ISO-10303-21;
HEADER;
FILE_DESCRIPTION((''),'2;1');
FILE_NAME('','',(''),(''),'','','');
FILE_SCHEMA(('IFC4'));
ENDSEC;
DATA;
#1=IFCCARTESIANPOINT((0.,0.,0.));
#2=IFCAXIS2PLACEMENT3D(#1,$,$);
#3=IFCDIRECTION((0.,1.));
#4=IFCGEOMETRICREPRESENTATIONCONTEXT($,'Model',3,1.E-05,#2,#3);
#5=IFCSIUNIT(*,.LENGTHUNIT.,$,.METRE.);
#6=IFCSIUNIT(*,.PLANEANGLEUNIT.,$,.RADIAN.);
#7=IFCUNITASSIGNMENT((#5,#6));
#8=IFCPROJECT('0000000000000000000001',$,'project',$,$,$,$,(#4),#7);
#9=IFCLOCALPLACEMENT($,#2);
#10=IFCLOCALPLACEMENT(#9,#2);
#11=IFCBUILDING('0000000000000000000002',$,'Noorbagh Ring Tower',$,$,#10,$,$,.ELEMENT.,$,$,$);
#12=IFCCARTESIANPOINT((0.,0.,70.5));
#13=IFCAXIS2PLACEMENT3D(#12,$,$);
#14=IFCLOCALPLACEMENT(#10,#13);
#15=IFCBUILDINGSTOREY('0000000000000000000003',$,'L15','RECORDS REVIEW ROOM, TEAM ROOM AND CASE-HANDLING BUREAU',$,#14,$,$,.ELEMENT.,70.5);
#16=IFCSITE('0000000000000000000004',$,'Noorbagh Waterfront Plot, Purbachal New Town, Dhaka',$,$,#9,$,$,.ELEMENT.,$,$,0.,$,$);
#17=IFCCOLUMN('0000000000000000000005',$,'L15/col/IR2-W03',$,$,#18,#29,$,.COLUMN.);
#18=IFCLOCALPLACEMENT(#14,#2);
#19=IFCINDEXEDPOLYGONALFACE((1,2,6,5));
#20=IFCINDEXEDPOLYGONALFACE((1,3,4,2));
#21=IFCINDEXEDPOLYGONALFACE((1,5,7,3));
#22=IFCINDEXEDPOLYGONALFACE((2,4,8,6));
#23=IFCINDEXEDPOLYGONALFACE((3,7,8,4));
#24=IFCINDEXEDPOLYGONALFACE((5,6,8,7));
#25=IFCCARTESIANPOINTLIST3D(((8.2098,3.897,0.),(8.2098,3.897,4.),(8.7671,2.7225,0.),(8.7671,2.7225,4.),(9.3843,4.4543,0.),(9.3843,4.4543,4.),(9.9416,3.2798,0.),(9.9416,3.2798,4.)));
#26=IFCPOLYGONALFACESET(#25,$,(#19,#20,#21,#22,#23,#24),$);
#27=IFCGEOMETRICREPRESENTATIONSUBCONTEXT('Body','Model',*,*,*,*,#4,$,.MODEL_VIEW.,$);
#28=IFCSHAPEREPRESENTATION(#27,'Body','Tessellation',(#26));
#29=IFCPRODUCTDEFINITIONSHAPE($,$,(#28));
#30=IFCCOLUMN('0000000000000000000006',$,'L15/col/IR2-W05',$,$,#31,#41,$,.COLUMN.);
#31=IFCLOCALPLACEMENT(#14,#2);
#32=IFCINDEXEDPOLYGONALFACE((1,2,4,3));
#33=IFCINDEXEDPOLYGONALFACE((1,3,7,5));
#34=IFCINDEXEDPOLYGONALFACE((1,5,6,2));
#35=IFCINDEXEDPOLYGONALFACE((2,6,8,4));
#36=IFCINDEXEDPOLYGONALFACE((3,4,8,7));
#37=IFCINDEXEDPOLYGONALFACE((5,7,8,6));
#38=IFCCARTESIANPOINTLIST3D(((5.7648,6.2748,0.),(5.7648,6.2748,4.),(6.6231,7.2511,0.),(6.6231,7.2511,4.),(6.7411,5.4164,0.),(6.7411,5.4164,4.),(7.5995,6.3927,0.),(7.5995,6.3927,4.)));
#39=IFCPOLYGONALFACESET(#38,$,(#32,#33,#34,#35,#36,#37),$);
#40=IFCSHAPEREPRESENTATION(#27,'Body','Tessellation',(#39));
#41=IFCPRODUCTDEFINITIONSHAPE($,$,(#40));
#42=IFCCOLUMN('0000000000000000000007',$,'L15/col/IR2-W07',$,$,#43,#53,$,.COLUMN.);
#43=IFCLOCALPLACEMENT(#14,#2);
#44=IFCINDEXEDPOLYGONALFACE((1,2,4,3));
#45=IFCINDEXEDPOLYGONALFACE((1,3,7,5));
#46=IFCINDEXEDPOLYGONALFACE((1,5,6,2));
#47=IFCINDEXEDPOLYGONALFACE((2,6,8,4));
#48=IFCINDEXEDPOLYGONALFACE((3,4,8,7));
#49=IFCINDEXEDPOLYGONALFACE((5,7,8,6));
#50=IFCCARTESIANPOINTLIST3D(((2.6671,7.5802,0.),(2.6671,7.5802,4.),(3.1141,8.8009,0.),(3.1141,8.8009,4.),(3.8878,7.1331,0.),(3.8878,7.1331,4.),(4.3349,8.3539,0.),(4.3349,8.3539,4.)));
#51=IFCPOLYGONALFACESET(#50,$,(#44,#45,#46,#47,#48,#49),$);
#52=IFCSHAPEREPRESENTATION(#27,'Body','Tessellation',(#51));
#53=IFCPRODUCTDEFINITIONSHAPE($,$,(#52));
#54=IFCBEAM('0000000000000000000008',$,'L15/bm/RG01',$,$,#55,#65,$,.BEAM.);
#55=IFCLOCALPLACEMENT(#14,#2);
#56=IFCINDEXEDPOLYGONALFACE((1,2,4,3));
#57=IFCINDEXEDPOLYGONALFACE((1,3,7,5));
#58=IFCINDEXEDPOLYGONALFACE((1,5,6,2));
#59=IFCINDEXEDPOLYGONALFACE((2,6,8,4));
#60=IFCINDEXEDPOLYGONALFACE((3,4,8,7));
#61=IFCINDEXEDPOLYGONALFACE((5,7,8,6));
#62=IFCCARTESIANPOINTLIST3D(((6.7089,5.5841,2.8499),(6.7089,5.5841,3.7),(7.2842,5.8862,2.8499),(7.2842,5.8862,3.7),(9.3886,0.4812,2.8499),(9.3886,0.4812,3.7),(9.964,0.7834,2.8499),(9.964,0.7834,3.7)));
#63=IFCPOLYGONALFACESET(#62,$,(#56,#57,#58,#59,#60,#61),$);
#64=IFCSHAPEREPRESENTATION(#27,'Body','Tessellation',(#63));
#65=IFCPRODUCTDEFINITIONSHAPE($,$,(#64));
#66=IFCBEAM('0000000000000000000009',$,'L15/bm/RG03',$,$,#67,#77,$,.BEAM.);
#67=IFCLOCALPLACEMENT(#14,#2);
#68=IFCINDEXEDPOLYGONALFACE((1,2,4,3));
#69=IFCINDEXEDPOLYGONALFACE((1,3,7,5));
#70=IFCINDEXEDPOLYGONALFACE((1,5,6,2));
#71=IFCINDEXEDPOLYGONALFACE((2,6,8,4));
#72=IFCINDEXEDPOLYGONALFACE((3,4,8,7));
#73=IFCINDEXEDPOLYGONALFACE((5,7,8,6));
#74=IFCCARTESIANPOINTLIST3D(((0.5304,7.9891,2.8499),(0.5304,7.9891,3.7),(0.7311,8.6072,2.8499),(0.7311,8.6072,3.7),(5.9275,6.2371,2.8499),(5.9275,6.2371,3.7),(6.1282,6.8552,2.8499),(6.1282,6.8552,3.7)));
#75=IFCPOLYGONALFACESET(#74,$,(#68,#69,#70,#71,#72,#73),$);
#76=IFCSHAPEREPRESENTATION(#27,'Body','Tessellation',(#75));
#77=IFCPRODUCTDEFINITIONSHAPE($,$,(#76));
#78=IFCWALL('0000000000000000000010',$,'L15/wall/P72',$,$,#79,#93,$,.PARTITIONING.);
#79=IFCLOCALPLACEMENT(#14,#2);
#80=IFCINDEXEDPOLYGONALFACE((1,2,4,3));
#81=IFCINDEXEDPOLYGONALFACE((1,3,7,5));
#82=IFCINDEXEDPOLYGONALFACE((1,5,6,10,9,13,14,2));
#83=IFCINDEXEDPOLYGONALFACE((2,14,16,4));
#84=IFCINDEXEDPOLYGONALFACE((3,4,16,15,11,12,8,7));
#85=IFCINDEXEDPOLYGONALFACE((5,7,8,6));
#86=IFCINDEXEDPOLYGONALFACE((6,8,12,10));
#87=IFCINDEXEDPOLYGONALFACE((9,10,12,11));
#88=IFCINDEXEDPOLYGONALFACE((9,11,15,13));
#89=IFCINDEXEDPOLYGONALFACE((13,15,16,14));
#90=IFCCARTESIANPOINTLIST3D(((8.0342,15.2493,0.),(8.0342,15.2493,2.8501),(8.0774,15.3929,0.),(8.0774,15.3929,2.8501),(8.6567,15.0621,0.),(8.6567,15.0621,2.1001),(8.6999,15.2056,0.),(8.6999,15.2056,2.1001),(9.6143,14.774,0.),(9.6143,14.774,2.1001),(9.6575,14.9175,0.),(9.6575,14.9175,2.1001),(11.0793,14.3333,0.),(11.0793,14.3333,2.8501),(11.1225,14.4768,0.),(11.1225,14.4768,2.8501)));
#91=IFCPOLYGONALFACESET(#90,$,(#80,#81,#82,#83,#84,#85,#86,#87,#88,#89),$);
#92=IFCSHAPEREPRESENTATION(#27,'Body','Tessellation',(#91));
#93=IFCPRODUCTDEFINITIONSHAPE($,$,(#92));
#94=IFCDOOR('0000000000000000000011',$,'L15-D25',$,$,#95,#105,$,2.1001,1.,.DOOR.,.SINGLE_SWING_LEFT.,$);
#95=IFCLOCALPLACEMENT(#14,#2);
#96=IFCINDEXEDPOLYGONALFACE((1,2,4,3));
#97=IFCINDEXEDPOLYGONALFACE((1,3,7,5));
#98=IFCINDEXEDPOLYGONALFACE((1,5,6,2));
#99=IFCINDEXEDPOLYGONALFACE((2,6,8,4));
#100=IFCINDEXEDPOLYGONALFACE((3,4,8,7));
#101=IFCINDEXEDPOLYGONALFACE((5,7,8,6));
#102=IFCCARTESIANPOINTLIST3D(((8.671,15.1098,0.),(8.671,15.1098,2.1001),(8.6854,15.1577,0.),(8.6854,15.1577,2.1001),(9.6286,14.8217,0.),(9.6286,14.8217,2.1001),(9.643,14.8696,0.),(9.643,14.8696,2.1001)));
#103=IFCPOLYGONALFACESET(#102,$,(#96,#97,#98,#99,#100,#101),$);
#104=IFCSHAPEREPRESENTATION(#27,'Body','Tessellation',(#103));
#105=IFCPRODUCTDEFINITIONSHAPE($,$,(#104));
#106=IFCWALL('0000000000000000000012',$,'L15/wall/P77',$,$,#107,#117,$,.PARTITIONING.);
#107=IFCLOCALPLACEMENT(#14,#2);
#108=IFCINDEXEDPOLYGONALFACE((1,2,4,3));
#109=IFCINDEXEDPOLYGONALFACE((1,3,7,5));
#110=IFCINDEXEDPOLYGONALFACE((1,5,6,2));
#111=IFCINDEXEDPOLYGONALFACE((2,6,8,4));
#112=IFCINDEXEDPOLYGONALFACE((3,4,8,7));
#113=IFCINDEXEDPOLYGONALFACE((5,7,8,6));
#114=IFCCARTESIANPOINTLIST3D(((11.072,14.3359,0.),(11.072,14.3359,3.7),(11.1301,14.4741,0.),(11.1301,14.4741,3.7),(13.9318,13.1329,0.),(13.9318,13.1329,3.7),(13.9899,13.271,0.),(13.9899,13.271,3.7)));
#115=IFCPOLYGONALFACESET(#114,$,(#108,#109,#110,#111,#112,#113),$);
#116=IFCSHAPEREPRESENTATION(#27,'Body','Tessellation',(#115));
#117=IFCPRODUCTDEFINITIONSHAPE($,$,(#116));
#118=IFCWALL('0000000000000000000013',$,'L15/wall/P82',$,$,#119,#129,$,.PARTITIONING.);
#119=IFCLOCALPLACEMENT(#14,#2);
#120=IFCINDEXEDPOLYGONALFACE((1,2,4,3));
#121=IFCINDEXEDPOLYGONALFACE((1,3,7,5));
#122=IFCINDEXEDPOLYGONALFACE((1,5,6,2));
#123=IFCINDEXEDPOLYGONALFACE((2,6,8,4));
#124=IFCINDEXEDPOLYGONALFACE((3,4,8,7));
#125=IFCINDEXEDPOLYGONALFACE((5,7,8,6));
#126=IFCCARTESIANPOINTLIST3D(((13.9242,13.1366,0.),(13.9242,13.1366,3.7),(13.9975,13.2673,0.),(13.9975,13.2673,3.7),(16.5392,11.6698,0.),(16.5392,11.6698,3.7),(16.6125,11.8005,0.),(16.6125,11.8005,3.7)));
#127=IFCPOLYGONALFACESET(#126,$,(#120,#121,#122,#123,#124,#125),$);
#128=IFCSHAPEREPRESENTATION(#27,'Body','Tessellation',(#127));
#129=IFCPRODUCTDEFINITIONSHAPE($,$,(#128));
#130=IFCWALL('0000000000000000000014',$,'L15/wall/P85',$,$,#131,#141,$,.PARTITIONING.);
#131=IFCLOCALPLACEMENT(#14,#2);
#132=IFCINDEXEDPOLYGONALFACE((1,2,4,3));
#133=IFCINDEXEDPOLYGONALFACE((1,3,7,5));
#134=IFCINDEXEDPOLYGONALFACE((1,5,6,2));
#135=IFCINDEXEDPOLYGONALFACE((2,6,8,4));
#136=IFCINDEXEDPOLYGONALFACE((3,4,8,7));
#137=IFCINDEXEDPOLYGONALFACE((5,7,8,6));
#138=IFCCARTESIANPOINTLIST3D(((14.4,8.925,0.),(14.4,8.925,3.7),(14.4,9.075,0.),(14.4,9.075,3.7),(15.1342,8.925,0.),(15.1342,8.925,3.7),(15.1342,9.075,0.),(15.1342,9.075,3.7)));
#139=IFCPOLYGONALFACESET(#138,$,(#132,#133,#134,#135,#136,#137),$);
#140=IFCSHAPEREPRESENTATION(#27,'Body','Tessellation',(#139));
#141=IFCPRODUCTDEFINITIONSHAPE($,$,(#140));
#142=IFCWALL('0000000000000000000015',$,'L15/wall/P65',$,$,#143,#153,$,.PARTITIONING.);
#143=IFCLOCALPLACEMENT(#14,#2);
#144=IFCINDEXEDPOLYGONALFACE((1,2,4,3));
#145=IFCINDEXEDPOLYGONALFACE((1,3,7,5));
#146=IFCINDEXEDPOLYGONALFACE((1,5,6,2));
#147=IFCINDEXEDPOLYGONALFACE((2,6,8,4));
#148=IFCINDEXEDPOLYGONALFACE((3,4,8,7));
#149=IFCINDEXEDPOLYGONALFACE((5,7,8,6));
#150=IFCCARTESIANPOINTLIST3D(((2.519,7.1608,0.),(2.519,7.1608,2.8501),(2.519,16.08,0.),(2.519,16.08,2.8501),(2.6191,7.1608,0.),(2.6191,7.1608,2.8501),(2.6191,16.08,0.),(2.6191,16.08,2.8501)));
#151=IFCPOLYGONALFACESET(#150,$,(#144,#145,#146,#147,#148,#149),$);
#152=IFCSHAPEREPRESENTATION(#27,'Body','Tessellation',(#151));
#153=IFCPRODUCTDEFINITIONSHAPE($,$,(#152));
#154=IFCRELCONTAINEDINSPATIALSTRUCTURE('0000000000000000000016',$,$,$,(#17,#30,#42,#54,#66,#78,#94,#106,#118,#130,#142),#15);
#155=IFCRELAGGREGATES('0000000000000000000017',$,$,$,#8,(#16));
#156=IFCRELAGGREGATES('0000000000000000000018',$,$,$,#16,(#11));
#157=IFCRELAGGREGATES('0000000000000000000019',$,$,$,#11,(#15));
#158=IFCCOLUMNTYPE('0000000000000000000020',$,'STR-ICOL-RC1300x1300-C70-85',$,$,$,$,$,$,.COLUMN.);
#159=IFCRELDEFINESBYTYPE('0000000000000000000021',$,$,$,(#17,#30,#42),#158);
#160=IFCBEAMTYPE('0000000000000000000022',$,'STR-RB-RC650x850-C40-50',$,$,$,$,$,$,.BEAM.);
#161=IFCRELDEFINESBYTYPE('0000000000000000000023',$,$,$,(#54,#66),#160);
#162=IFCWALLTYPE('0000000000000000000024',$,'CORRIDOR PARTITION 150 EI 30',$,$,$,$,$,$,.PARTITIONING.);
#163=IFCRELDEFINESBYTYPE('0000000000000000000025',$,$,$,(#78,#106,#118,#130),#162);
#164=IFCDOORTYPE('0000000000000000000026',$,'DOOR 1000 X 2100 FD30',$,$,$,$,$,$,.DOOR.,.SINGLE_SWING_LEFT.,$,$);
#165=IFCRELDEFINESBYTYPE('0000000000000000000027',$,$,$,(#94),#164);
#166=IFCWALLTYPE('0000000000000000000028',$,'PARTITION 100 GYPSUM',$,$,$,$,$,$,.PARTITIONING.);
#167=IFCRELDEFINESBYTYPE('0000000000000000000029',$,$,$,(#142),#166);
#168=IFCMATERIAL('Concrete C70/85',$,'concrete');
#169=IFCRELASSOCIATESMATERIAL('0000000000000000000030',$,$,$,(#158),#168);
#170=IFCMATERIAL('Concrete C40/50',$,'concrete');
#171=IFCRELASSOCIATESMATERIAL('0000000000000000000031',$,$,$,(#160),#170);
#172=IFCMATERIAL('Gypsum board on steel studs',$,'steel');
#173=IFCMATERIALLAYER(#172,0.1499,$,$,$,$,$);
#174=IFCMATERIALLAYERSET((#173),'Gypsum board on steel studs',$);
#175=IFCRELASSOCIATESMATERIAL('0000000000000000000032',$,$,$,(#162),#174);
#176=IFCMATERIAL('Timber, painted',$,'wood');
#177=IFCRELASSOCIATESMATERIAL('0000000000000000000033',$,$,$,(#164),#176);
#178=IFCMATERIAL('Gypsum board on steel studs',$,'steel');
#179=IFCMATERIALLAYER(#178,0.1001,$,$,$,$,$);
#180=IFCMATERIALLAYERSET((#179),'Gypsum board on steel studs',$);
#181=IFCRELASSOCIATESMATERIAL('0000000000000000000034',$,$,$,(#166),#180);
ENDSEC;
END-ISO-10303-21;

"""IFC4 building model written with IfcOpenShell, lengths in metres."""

from ifc_helpers import new_model, si_unit, direction, frame, frame_2d, origin, origin_2d, place, context, subcontext, project, spatial, rectangle, extrude, material, layer, layer_set, material_profile, profile_set, type_object, element, fill, save


model = new_model("IFC4")

# Units and contexts
model_context = context("Model", 3, precision=1e-05, world=origin(), true_north=direction((0.0, 1.0)))
body_context = subcontext(model_context, "Body", "Model", "MODEL_VIEW")
ifc_project = project(units=[si_unit("LENGTHUNIT", "METRE"), si_unit("PLANEANGLEUNIT", "RADIAN")], contexts=[model_context])

# Site, building, storey
site_placement = place(None, origin())
site = spatial("IfcSite", under=ifc_project, at=site_placement, Name="Noorbagh Waterfront Plot, Purbachal New Town, Dhaka", CompositionType="ELEMENT", RefElevation=0.0)
building_placement = place(site_placement, origin())
building = spatial("IfcBuilding", under=site, at=building_placement, Name="Noorbagh Ring Tower", CompositionType="ELEMENT")
storey_placement = place(building_placement, frame((0.0, 0.0, 70.5)))
storey = spatial("IfcBuildingStorey", under=building, at=storey_placement, Name="L15", Description="RECORDS REVIEW ROOM, TEAM ROOM AND CASE-HANDLING BUREAU", CompositionType="ELEMENT", Elevation=70.5)

# Columns
ifc_material_1 = material(Name="Concrete C70/85", Category="concrete")
ifc_material_profile_1 = material_profile(ifc_material_1, rectangle(XDim=1.3, YDim=1.3, at=origin_2d()), Name="RC1300x1300")
ifc_profile_set_1 = profile_set([ifc_material_profile_1], Name="Concrete C70/85")
column_type = type_object("IfcColumnType", Name="STR-ICOL-RC1300x1300-C70-85", PredefinedType="COLUMN", material=ifc_profile_set_1)
for number, where, z_axis, x_axis, name in (
    (1, (9.0757, 3.5884, 0.0), (0.0, 0.0, 1.0), (-0.428667, 0.903463, 0.0), "L15/col/IR2-W03"),
    (2, (6.6821, 6.3337, 0.0), (0.0, 0.0, 1.0), (-0.751022, 0.660277, 0.0), "L15/col/IR2-W05"),
    (3, (3.501, 7.967, 0.0), (0.0, 0.0, 1.0), (-0.93902, 0.343864, 0.0), "L15/col/IR2-W07"),
):
    element("IfcColumn", number, at=place(storey_placement, frame(where, z_axis=z_axis, x_axis=x_axis)), inside=storey, type_object=column_type, Name=name, PredefinedType="COLUMN", context=body_context, shape_type="SweptSolid", body=[
        extrude(rectangle(XDim=1.3, YDim=1.3, at=origin_2d()), origin(), (0.0, 0.0, 1.0), 4.0),
    ])

# Beams
ifc_material_2 = material(Name="Concrete C40/50", Category="concrete")
ifc_material_profile_2 = material_profile(ifc_material_2, rectangle(XDim=0.6499, YDim=0.8501, at=origin_2d()), Name="RC650x850")
ifc_profile_set_2 = profile_set([ifc_material_profile_2], Name="Concrete C40/50")
beam_type = type_object("IfcBeamType", Name="STR-RB-RC650x850-C40-50", PredefinedType="BEAM", material=ifc_profile_set_2)
beam_1_placement = place(storey_placement, frame((9.6763, 0.6323, 3.2749), z_axis=(-0.464933, 0.885346, 0.0), x_axis=(-0.885346, -0.464933, 0.0)))
element("IfcBeam", 4, at=beam_1_placement, inside=storey, type_object=beam_type, Name="L15/bm/RG01", PredefinedType="BEAM", context=body_context, shape_type="SweptSolid", body=[
    extrude(rectangle(XDim=0.6499, YDim=0.8501, at=origin_2d()), origin(), (0.0, 0.0, 1.0), 5.7637),
])
beam_2_placement = place(storey_placement, frame((6.0278, 6.5461, 3.2749), z_axis=(-0.951141, 0.308757, 0.0), x_axis=(-0.308757, -0.951141, 0.0)))
element("IfcBeam", 5, at=beam_2_placement, inside=storey, type_object=beam_type, Name="L15/bm/RG03", PredefinedType="BEAM", context=body_context, shape_type="SweptSolid", body=[
    extrude(rectangle(XDim=0.6499, YDim=0.8501, at=origin_2d()), origin(), (0.0, 0.0, 1.0), 5.6743),
])

# Wall, opening, door
ifc_material_3 = material(Name="Gypsum board on steel studs", Category="steel")
ifc_layer_1 = layer(ifc_material_3, 0.1499)
ifc_layer_set_1 = layer_set([ifc_layer_1], Name="Gypsum board on steel studs")
wall_type_1 = type_object("IfcWallType", Name="CORRIDOR PARTITION 150 EI 30", PredefinedType="PARTITIONING", material=ifc_layer_set_1)
wall_1_placement = place(storey_placement, frame((8.0559, 15.321, 0.0), z_axis=(0.0, 0.0, 1.0), x_axis=(0.957613, -0.288059, 0.0)))
wall_1 = element("IfcWall", 6, at=wall_1_placement, inside=storey, type_object=wall_type_1, Name="L15/wall/P72", PredefinedType="PARTITIONING", context=body_context, shape_type="SweptSolid", body=[
    extrude(rectangle(XDim=3.1799, YDim=0.1499, at=frame_2d((1.5898, 0.0))), origin(), (0.0, 0.0, 1.0), 2.8501),
])
opening_placement = place(wall_1_placement, frame((0.6499, 0.0, 0.0)))
opening = element("IfcOpeningElement", 7, at=opening_placement, cuts=wall_1, PredefinedType="OPENING", context=body_context, shape_type="SweptSolid", body=[
    extrude(rectangle(XDim=1.0, YDim=2.1001, at=frame_2d((0.5, 1.05))), frame((0.0, 0.085, 0.0), z_axis=(0.0, -1.0, 0.0), x_axis=(1.0, 0.0, 0.0)), (0.0, 0.0, 1.0), 0.1699),
])
ifc_material_4 = material(Name="Timber, painted", Category="wood")
door_type = type_object("IfcDoorType", Name="DOOR 1000 X 2100 FD30", OperationType="SINGLE_SWING_LEFT", PredefinedType="DOOR", material=ifc_material_4)
door_placement = place(opening_placement, origin())
door = element("IfcDoor", 8, at=door_placement, inside=storey, type_object=door_type, Name="L15-D25", OperationType="SINGLE_SWING_LEFT", OverallHeight=2.1001, OverallWidth=1.0, PredefinedType="DOOR", context=body_context, shape_type="SweptSolid", body=[
    extrude(rectangle(XDim=1.0, YDim=2.1001, at=frame_2d((0.5, 1.05))), frame((0.0, 0.0249, 0.0), z_axis=(0.0, -1.0, 0.0), x_axis=(1.0, 0.0, 0.0)), (0.0, 0.0, 1.0), 0.05),
])
fill(opening, door)

# Walls
wall_2_placement = place(storey_placement, frame((11.1011, 14.405, 0.0), z_axis=(0.0, 0.0, 1.0), x_axis=(0.921754, -0.387776, 0.0)))
element("IfcWall", 9, at=wall_2_placement, inside=storey, type_object=wall_type_1, Name="L15/wall/P77", PredefinedType="PARTITIONING", context=body_context, shape_type="SweptSolid", body=[
    extrude(rectangle(XDim=3.1025, YDim=0.1499, at=frame_2d((1.5513, 0.0))), origin(), (0.0, 0.0, 1.0), 3.7),
])
wall_3_placement = place(storey_placement, frame((13.9609, 13.2019, 0.0), z_axis=(0.0, 0.0, 1.0), x_axis=(0.872164, -0.489213, 0.0)))
element("IfcWall", 10, at=wall_3_placement, inside=storey, type_object=wall_type_1, Name="L15/wall/P82", PredefinedType="PARTITIONING", context=body_context, shape_type="SweptSolid", body=[
    extrude(rectangle(XDim=2.9983, YDim=0.1499, at=frame_2d((1.499, 0.0))), origin(), (0.0, 0.0, 1.0), 3.7),
])
wall_4_placement = place(storey_placement, frame((14.3999, 9.0, 0.0), z_axis=(0.0, 0.0, 1.0), x_axis=(1.0, 0.0, 0.0)))
element("IfcWall", 11, at=wall_4_placement, inside=storey, type_object=wall_type_1, Name="L15/wall/P85", PredefinedType="PARTITIONING", context=body_context, shape_type="SweptSolid", body=[
    extrude(rectangle(XDim=0.7341, YDim=0.1499, at=frame_2d((0.3672, 0.0))), origin(), (0.0, 0.0, 1.0), 3.7),
])
ifc_material_5 = material(Name="Gypsum board on steel studs", Category="steel")
ifc_layer_2 = layer(ifc_material_5, 0.1001)
ifc_layer_set_2 = layer_set([ifc_layer_2], Name="Gypsum board on steel studs")
wall_type_2 = type_object("IfcWallType", Name="PARTITION 100 GYPSUM", PredefinedType="PARTITIONING", material=ifc_layer_set_2)
wall_5_placement = place(storey_placement, frame((2.5691, 7.1609, 0.0), z_axis=(0.0, 0.0, 1.0), x_axis=(0.0, 1.0, 0.0)))
element("IfcWall", 12, at=wall_5_placement, inside=storey, type_object=wall_type_2, Name="L15/wall/P65", PredefinedType="PARTITIONING", context=body_context, shape_type="SweptSolid", body=[
    extrude(rectangle(XDim=8.9192, YDim=0.1001, at=frame_2d((4.4595, 0.0))), origin(), (0.0, 0.0, 1.0), 2.8501),
])

save(model, "model.ifc")
